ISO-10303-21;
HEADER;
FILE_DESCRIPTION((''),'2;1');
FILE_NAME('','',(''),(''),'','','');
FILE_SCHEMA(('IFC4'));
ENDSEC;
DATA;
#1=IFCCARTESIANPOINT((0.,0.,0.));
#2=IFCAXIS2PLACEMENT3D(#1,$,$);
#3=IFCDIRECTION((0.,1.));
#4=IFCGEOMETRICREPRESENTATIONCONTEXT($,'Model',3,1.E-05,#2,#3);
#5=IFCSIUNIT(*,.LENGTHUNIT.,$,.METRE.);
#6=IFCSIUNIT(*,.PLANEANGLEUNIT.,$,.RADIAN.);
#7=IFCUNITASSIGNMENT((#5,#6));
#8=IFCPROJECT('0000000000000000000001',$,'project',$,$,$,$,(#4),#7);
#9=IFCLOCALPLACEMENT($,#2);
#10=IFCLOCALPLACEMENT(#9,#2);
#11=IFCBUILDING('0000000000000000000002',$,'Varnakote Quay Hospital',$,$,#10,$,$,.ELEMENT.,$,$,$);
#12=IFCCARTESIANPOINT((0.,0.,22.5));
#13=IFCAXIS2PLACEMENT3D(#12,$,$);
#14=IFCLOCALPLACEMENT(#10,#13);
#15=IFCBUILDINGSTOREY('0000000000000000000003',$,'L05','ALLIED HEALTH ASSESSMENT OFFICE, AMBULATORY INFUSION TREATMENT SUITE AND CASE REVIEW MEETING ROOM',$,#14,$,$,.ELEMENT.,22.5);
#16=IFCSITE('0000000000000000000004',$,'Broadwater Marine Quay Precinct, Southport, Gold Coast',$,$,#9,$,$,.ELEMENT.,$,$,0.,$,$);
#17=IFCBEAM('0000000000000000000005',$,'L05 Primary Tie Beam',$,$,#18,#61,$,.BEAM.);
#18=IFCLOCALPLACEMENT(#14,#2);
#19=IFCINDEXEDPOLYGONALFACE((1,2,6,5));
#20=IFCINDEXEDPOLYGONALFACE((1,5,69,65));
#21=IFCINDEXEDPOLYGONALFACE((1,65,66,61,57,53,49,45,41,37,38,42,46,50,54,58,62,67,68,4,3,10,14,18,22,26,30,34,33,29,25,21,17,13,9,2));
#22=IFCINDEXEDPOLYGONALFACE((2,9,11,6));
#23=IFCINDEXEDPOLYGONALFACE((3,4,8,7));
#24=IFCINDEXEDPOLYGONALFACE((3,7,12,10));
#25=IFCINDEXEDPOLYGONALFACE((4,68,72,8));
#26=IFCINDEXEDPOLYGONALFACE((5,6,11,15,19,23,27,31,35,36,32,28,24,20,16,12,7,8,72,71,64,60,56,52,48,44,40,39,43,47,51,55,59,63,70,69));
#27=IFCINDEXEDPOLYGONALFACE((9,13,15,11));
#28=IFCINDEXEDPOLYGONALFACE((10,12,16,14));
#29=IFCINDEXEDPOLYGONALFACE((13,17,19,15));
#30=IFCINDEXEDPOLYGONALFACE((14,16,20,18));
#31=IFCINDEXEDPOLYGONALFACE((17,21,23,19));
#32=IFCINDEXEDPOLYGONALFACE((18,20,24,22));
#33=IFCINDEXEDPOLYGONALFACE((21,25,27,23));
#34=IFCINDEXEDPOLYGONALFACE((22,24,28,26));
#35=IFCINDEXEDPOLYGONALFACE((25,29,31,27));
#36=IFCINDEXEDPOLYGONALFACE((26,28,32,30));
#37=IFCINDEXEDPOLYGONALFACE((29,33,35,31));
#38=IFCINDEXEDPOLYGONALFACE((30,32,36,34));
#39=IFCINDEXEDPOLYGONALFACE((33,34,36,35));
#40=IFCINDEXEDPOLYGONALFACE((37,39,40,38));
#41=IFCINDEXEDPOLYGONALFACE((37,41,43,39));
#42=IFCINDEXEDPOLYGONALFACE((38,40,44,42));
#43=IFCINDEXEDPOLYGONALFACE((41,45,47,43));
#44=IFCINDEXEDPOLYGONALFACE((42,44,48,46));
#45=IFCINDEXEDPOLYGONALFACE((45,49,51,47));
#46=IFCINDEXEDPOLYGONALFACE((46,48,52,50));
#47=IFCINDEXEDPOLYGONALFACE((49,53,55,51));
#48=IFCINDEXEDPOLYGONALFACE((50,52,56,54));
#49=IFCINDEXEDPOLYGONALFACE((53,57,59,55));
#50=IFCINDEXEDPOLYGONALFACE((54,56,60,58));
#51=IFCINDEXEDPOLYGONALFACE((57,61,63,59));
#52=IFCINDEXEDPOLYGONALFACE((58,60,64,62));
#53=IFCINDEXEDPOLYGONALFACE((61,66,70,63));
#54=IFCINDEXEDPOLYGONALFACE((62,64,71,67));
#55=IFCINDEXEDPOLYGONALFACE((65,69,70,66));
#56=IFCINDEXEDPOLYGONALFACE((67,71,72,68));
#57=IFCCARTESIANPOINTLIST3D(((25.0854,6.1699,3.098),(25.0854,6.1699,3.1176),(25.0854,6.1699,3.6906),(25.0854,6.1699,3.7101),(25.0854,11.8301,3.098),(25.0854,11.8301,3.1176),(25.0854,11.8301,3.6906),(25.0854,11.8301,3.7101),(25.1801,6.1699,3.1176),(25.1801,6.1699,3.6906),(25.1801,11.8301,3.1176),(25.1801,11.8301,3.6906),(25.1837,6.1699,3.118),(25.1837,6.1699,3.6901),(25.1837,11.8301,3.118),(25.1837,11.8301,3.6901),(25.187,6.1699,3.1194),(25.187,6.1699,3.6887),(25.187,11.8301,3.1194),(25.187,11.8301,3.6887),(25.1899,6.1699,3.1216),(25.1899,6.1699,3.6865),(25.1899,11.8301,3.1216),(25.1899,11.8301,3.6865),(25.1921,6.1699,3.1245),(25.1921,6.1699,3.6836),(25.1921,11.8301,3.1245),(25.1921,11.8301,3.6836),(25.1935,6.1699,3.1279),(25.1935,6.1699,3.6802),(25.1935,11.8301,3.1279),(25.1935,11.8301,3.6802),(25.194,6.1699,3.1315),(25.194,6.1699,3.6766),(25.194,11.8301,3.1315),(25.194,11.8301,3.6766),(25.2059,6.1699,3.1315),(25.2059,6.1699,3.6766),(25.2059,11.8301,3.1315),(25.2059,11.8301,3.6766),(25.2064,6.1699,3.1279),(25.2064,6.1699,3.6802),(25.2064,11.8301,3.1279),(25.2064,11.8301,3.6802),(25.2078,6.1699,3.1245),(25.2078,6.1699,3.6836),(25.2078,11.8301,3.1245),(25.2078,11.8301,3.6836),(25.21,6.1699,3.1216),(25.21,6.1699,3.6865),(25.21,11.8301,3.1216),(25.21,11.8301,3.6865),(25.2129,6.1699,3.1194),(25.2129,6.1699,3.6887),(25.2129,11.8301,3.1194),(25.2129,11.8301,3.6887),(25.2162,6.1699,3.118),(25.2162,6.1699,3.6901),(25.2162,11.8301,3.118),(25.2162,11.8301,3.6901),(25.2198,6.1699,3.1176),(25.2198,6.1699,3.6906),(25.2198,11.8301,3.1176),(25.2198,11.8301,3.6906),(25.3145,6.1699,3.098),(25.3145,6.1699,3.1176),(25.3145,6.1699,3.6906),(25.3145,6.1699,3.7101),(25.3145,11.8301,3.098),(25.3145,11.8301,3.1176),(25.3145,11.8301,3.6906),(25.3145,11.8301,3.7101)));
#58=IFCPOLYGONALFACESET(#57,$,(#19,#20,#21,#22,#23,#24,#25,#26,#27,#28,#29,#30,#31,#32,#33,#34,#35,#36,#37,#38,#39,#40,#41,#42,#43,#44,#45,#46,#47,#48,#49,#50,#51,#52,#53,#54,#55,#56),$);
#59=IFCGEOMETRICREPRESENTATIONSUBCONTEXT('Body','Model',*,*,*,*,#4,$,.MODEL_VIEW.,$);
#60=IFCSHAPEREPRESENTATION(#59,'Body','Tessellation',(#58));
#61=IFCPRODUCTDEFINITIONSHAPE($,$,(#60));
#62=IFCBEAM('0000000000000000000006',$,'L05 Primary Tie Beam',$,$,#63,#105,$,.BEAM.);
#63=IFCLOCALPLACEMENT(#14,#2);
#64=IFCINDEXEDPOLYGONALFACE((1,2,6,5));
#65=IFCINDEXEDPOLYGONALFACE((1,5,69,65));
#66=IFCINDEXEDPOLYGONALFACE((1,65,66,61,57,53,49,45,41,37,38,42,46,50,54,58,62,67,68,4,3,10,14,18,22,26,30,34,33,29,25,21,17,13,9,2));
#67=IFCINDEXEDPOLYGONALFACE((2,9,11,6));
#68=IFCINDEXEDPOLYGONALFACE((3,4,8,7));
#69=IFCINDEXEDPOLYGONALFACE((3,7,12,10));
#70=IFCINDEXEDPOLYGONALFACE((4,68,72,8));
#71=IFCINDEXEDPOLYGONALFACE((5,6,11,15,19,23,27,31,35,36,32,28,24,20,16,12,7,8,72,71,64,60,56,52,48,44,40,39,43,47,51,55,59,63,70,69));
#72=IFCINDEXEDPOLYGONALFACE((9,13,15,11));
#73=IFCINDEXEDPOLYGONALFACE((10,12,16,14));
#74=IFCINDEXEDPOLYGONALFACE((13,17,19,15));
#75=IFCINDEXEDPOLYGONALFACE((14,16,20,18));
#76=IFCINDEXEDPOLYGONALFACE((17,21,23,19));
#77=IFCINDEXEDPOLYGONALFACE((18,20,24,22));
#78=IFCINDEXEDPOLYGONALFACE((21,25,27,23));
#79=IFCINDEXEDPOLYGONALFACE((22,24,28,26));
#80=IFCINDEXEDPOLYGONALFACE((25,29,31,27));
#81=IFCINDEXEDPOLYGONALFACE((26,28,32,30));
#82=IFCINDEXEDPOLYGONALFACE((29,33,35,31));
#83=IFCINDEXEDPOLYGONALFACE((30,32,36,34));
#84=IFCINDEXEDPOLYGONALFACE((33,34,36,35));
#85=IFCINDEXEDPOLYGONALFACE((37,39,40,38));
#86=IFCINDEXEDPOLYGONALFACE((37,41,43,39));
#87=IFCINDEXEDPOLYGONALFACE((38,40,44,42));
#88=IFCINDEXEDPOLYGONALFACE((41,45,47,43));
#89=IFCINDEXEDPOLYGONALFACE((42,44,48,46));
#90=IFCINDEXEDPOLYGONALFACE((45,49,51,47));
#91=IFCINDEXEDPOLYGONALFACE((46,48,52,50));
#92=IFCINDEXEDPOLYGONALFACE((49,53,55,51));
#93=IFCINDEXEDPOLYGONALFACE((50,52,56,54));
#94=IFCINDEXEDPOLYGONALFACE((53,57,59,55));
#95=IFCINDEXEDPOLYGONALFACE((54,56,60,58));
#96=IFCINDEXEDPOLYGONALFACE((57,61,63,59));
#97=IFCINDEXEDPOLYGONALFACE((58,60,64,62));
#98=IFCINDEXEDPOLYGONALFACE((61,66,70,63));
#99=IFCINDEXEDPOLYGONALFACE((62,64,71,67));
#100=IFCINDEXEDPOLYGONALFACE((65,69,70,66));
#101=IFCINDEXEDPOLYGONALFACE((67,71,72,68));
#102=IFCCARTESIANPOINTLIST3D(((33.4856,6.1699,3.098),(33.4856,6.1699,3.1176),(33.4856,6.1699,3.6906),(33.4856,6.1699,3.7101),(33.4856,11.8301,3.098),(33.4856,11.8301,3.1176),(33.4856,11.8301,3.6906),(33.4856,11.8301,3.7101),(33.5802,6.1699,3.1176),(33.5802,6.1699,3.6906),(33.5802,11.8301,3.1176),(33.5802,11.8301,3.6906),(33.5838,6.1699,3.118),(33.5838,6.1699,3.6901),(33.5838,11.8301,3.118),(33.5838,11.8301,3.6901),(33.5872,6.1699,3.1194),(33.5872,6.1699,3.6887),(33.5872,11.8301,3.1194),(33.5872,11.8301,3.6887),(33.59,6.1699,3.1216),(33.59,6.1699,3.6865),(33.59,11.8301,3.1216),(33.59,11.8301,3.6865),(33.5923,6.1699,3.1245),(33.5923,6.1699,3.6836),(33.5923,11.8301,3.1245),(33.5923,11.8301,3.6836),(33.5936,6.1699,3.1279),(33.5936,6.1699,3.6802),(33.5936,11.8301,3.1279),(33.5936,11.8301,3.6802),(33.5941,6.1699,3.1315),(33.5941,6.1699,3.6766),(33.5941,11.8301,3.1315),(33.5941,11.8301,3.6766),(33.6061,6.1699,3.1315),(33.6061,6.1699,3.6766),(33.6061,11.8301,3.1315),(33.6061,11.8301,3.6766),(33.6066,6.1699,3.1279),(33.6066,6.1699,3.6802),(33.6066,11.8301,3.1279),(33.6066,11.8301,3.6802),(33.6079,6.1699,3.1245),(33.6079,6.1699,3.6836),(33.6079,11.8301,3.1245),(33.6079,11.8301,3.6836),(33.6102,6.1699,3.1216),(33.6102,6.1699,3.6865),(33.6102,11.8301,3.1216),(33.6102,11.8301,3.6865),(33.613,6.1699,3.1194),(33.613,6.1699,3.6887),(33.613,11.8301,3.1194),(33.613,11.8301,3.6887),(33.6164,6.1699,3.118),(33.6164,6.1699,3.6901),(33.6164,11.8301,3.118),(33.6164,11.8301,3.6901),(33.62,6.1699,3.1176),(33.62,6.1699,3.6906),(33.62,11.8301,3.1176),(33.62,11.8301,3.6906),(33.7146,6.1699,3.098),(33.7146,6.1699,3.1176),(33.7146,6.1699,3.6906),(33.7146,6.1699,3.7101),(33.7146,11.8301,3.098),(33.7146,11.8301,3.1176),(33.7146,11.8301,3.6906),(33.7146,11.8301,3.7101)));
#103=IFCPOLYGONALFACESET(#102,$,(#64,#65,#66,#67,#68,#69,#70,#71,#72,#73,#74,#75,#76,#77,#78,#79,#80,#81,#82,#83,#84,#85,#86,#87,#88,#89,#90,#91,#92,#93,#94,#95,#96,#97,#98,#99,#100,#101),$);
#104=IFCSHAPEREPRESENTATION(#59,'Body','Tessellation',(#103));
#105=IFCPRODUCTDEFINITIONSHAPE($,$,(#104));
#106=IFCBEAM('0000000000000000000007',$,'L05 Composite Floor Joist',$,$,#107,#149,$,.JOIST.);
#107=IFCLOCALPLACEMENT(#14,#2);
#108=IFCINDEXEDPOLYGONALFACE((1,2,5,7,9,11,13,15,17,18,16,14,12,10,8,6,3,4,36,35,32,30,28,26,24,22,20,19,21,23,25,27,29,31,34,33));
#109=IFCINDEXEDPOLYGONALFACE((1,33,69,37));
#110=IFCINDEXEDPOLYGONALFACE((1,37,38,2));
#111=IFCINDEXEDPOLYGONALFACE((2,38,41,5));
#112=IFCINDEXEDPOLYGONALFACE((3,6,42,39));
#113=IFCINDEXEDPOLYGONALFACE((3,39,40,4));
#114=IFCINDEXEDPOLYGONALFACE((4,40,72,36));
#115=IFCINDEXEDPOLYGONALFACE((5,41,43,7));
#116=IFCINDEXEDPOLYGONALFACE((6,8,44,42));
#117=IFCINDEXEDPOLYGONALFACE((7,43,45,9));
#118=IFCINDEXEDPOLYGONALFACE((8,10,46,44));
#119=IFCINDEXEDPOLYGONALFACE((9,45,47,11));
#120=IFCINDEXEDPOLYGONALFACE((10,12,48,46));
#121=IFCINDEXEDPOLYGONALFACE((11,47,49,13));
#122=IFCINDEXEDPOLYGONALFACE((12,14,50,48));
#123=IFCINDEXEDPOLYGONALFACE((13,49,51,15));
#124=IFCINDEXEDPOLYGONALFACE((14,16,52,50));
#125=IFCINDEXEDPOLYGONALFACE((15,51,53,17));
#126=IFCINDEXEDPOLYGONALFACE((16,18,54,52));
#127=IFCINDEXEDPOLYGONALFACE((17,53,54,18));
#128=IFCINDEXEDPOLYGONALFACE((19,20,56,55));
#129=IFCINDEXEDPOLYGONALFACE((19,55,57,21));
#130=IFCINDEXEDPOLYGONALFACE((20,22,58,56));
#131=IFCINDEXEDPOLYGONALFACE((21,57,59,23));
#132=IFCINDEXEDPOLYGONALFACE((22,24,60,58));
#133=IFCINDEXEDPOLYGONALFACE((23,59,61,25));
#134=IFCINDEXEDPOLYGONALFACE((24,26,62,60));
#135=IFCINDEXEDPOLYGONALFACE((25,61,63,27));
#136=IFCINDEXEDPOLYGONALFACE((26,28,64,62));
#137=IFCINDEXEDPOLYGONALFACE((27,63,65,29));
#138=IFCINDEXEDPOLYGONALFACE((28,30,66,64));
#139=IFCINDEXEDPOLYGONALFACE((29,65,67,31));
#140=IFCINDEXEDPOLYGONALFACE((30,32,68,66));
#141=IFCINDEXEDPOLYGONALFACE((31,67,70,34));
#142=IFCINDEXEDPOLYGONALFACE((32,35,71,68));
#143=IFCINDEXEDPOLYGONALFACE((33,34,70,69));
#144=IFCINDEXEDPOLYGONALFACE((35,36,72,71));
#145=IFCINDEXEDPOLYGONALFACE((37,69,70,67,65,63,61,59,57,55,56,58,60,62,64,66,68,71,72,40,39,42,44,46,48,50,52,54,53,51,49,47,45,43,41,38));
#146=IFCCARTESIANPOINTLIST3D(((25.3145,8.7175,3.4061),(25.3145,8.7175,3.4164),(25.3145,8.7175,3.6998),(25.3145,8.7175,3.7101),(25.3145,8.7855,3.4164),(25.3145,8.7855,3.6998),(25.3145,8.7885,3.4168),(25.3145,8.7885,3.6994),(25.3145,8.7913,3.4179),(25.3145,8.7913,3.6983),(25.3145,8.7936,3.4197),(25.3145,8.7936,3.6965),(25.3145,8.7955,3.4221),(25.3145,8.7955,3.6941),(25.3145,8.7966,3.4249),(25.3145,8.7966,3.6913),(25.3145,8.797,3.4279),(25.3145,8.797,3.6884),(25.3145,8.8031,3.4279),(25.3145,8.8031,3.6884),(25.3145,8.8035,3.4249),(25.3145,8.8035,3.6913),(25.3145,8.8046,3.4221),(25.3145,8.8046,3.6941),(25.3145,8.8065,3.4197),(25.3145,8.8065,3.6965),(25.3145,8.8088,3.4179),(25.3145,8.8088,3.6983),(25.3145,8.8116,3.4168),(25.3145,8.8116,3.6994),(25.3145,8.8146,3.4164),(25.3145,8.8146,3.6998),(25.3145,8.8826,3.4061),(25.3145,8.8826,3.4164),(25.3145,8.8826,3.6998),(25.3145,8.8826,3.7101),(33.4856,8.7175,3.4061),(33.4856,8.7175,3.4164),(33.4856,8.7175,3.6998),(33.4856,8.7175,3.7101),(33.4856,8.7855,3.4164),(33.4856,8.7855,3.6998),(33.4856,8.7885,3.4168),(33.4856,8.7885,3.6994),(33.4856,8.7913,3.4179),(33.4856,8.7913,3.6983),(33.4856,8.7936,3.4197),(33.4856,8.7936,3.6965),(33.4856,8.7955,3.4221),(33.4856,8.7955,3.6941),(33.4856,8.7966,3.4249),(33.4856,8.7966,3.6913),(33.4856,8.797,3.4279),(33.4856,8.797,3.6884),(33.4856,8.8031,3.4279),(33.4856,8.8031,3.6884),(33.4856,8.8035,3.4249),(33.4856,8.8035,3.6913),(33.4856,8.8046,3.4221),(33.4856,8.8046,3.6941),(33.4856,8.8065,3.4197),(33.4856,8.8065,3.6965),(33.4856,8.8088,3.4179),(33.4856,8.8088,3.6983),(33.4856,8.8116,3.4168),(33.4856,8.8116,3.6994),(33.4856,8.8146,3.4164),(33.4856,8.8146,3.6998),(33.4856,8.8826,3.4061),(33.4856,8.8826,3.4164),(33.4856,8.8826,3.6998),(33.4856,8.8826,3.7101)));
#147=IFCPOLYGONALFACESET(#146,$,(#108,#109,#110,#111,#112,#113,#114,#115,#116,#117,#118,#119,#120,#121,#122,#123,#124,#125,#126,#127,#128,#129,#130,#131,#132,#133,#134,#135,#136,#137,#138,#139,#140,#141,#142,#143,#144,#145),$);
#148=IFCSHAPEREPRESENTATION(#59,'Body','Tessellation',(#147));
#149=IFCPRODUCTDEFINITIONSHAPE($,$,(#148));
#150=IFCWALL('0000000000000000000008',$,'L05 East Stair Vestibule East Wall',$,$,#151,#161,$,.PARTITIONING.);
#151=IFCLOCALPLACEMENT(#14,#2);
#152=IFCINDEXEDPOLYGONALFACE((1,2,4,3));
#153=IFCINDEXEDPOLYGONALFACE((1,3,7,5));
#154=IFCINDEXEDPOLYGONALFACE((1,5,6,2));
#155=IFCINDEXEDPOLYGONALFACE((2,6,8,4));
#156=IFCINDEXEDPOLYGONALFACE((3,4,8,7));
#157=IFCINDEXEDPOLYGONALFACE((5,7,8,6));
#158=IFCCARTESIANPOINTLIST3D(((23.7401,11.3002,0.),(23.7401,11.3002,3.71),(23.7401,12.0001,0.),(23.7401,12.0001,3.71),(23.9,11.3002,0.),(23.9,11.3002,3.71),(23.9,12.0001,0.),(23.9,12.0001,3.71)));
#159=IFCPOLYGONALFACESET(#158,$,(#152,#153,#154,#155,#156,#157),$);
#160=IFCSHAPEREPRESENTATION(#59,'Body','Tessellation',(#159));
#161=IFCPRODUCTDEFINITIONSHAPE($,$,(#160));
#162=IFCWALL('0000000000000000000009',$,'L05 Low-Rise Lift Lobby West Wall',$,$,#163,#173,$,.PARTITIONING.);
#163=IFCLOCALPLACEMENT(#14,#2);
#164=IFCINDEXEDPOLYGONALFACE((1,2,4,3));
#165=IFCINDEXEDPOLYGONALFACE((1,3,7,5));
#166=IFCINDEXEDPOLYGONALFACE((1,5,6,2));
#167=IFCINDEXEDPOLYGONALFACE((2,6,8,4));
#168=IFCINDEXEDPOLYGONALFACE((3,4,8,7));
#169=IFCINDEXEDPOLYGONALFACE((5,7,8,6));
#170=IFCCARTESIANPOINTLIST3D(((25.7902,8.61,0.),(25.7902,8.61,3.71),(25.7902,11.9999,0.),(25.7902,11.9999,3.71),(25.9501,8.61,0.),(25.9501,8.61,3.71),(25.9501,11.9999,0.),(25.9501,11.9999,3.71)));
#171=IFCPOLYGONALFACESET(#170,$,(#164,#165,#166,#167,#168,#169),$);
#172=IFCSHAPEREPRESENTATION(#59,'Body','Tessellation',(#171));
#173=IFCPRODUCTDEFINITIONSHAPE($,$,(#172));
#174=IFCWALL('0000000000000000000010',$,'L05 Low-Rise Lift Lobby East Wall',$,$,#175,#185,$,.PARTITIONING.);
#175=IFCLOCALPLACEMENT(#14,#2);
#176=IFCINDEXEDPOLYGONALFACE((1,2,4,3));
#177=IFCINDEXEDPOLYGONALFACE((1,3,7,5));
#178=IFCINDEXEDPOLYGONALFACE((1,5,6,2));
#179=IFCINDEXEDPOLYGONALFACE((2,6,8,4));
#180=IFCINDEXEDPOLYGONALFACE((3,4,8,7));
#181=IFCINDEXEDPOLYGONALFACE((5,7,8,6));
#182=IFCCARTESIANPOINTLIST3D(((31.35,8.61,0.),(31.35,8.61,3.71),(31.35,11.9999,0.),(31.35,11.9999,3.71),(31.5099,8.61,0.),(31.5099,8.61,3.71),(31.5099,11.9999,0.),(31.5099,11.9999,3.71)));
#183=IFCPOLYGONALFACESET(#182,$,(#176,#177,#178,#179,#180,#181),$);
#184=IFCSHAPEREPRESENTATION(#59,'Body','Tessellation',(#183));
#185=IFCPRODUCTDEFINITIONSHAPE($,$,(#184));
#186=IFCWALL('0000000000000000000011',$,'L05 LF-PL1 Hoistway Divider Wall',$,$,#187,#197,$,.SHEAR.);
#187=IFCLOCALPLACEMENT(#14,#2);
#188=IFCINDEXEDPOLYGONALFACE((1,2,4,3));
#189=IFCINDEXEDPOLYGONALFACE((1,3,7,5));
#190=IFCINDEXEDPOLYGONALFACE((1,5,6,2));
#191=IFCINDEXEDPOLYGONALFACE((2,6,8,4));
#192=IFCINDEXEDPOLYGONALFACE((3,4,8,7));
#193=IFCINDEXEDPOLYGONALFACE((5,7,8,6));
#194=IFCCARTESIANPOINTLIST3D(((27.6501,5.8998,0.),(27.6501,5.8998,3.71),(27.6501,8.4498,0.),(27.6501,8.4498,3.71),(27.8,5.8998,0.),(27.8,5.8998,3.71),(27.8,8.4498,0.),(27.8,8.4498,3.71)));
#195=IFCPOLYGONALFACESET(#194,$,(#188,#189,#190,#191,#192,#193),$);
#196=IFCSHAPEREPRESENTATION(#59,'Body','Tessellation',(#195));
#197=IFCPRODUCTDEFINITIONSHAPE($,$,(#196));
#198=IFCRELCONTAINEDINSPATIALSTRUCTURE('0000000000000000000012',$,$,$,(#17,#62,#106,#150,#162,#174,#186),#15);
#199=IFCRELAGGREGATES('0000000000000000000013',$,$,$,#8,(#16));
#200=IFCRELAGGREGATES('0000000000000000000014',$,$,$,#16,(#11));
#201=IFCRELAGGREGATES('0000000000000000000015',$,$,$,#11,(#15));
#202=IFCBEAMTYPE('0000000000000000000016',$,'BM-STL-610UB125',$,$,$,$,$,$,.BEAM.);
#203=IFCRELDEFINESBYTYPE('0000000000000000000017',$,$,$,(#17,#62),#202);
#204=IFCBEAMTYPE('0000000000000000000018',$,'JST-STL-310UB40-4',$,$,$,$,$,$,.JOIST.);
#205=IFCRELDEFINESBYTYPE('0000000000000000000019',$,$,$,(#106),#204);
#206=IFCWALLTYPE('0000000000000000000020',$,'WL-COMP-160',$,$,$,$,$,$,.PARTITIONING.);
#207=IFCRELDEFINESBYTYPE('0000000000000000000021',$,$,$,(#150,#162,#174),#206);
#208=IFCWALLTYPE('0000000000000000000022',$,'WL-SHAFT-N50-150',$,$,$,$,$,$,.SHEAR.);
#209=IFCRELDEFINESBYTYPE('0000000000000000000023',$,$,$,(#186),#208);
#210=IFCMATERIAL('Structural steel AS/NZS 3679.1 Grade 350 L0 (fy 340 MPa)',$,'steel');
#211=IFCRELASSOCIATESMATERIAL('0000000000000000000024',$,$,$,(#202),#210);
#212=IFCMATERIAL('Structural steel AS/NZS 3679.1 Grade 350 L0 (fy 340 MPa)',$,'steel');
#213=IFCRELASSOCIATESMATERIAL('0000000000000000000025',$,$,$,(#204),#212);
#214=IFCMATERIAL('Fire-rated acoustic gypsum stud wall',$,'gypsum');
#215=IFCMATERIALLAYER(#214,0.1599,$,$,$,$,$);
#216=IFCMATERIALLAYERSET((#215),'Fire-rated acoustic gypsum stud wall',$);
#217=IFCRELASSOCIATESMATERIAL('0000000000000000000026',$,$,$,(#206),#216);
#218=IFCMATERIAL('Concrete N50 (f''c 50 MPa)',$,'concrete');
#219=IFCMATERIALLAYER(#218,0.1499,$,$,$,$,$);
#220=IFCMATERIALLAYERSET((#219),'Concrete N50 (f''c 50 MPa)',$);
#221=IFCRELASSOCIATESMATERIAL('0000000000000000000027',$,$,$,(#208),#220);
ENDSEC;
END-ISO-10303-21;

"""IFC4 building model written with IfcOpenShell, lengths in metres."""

from ifc_helpers import new_model, si_unit, direction, frame, frame_2d, origin, origin_2d, place, context, subcontext, project, spatial, rectangle, i_section, extrude, material, layer, layer_set, material_profile, profile_set, type_object, element, save


model = new_model("IFC4")

# Units and contexts
model_context = context("Model", 3, precision=1e-05, world=origin(), true_north=direction((0.0, 1.0)))
body_context = subcontext(model_context, "Body", "Model", "MODEL_VIEW")
ifc_project = project(units=[si_unit("LENGTHUNIT", "METRE"), si_unit("PLANEANGLEUNIT", "RADIAN")], contexts=[model_context])

# Site, building, storey
site_placement = place(None, origin())
site = spatial("IfcSite", under=ifc_project, at=site_placement, Name="Broadwater Marine Quay Precinct, Southport, Gold Coast", CompositionType="ELEMENT", RefElevation=0.0)
building_placement = place(site_placement, origin())
building = spatial("IfcBuilding", under=site, at=building_placement, Name="Varnakote Quay Hospital", CompositionType="ELEMENT")
storey_placement = place(building_placement, frame((0.0, 0.0, 22.5)))
storey = spatial("IfcBuildingStorey", under=building, at=storey_placement, Name="L05", Description="ALLIED HEALTH ASSESSMENT OFFICE, AMBULATORY INFUSION TREATMENT SUITE AND CASE REVIEW MEETING ROOM", CompositionType="ELEMENT", Elevation=22.5)

# Beams
ifc_material_1 = material(Name="Structural steel AS/NZS 3679.1 Grade 350 L0 (fy 340 MPa)", Category="steel")
ifc_material_profile_1 = material_profile(ifc_material_1, i_section(OverallWidth=0.229, OverallDepth=0.6121, WebThickness=0.012, FlangeThickness=0.0195, FilletRadius=0.0139, at=origin_2d()), Name="610UB125")
ifc_profile_set_1 = profile_set([ifc_material_profile_1], Name="Structural steel AS/NZS 3679.1 Grade 350 L0 (fy 340 MPa)")
beam_type_1 = type_object("IfcBeamType", Name="BM-STL-610UB125", PredefinedType="BEAM", material=ifc_profile_set_1)
for number, where, z_axis, x_axis, name in (
    (1, (25.2, 6.1699, 3.4041), (0.0, 1.0, 0.0), (-1.0, 0.0, 0.0), "L05 Primary Tie Beam"),
    (2, (33.6001, 6.1699, 3.4041), (0.0, 1.0, 0.0), (-1.0, 0.0, 0.0), "L05 Primary Tie Beam"),
):
    element("IfcBeam", number, at=place(storey_placement, frame(where, z_axis=z_axis, x_axis=x_axis)), inside=storey, type_object=beam_type_1, Name=name, PredefinedType="BEAM", context=body_context, shape_type="SweptSolid", body=[
        extrude(i_section(OverallWidth=0.229, OverallDepth=0.6121, WebThickness=0.012, FlangeThickness=0.0195, FilletRadius=0.0139, at=origin_2d()), origin(), (0.0, 0.0, 1.0), 5.6602),
    ])
ifc_material_2 = material(Name="Structural steel AS/NZS 3679.1 Grade 350 L0 (fy 340 MPa)", Category="steel")
ifc_material_profile_2 = material_profile(ifc_material_2, i_section(OverallWidth=0.165, OverallDepth=0.304, WebThickness=0.0061, FlangeThickness=0.0103, FilletRadius=0.0115, at=origin_2d()), Name="310UB40.4")
ifc_profile_set_2 = profile_set([ifc_material_profile_2], Name="Structural steel AS/NZS 3679.1 Grade 350 L0 (fy 340 MPa)")
beam_type_2 = type_object("IfcBeamType", Name="JST-STL-310UB40-4", PredefinedType="JOIST", material=ifc_profile_set_2)
beam_1_placement = place(storey_placement, frame((25.3145, 8.8, 3.5581), z_axis=(1.0, 0.0, 0.0), x_axis=(0.0, 1.0, 0.0)))
element("IfcBeam", 3, at=beam_1_placement, inside=storey, type_object=beam_type_2, Name="L05 Composite Floor Joist", PredefinedType="JOIST", context=body_context, shape_type="SweptSolid", body=[
    extrude(i_section(OverallWidth=0.165, OverallDepth=0.304, WebThickness=0.0061, FlangeThickness=0.0103, FilletRadius=0.0115, at=origin_2d()), origin(), (0.0, 0.0, 1.0), 8.1711),
])

# Walls
ifc_material_3 = material(Name="Fire-rated acoustic gypsum stud wall", Category="gypsum")
ifc_layer_1 = layer(ifc_material_3, 0.1599)
ifc_layer_set_1 = layer_set([ifc_layer_1], Name="Fire-rated acoustic gypsum stud wall")
wall_type_1 = type_object("IfcWallType", Name="WL-COMP-160", PredefinedType="PARTITIONING", material=ifc_layer_set_1)
wall_1_placement = place(storey_placement, frame((23.8201, 11.3, 0.0), z_axis=(0.0, 0.0, 1.0), x_axis=(0.0, 1.0, 0.0)))
element("IfcWall", 4, at=wall_1_placement, inside=storey, type_object=wall_type_1, Name="L05 East Stair Vestibule East Wall", PredefinedType="PARTITIONING", context=body_context, shape_type="SweptSolid", body=[
    extrude(rectangle(XDim=0.7, YDim=0.1599, at=frame_2d((0.3501, 0.0))), origin(), (0.0, 0.0, 1.0), 3.71),
])
for number, where, z_axis, x_axis, name in (
    (5, (25.8701, 8.6101, 0.0), (0.0, 0.0, 1.0), (0.0, 1.0, 0.0), "L05 Low-Rise Lift Lobby West Wall"),
    (6, (31.4299, 8.6101, 0.0), (0.0, 0.0, 1.0), (0.0, 1.0, 0.0), "L05 Low-Rise Lift Lobby East Wall"),
):
    element("IfcWall", number, at=place(storey_placement, frame(where, z_axis=z_axis, x_axis=x_axis)), inside=storey, type_object=wall_type_1, Name=name, PredefinedType="PARTITIONING", context=body_context, shape_type="SweptSolid", body=[
        extrude(rectangle(XDim=3.3899, YDim=0.1599, at=frame_2d((1.6948, 0.0))), origin(), (0.0, 0.0, 1.0), 3.71),
    ])
ifc_material_4 = material(Name="Concrete N50 (f'c 50 MPa)", Category="concrete")
ifc_layer_2 = layer(ifc_material_4, 0.1499)
ifc_layer_set_2 = layer_set([ifc_layer_2], Name="Concrete N50 (f'c 50 MPa)")
wall_type_2 = type_object("IfcWallType", Name="WL-SHAFT-N50-150", PredefinedType="SHEAR", material=ifc_layer_set_2)
for number, where, z_axis, x_axis, name in (
    (7, (27.7251, 5.8999, 0.0), (0.0, 0.0, 1.0), (0.0, 1.0, 0.0), "L05 LF-PL1 Hoistway Divider Wall"),
):
    element("IfcWall", number, at=place(storey_placement, frame(where, z_axis=z_axis, x_axis=x_axis)), inside=storey, type_object=wall_type_2, Name=name, PredefinedType="SHEAR", context=body_context, shape_type="SweptSolid", body=[
        extrude(rectangle(XDim=2.55, YDim=0.1499, at=frame_2d((1.2749, 0.0))), origin(), (0.0, 0.0, 1.0), 3.71),
    ])

save(model, "model.ifc")
